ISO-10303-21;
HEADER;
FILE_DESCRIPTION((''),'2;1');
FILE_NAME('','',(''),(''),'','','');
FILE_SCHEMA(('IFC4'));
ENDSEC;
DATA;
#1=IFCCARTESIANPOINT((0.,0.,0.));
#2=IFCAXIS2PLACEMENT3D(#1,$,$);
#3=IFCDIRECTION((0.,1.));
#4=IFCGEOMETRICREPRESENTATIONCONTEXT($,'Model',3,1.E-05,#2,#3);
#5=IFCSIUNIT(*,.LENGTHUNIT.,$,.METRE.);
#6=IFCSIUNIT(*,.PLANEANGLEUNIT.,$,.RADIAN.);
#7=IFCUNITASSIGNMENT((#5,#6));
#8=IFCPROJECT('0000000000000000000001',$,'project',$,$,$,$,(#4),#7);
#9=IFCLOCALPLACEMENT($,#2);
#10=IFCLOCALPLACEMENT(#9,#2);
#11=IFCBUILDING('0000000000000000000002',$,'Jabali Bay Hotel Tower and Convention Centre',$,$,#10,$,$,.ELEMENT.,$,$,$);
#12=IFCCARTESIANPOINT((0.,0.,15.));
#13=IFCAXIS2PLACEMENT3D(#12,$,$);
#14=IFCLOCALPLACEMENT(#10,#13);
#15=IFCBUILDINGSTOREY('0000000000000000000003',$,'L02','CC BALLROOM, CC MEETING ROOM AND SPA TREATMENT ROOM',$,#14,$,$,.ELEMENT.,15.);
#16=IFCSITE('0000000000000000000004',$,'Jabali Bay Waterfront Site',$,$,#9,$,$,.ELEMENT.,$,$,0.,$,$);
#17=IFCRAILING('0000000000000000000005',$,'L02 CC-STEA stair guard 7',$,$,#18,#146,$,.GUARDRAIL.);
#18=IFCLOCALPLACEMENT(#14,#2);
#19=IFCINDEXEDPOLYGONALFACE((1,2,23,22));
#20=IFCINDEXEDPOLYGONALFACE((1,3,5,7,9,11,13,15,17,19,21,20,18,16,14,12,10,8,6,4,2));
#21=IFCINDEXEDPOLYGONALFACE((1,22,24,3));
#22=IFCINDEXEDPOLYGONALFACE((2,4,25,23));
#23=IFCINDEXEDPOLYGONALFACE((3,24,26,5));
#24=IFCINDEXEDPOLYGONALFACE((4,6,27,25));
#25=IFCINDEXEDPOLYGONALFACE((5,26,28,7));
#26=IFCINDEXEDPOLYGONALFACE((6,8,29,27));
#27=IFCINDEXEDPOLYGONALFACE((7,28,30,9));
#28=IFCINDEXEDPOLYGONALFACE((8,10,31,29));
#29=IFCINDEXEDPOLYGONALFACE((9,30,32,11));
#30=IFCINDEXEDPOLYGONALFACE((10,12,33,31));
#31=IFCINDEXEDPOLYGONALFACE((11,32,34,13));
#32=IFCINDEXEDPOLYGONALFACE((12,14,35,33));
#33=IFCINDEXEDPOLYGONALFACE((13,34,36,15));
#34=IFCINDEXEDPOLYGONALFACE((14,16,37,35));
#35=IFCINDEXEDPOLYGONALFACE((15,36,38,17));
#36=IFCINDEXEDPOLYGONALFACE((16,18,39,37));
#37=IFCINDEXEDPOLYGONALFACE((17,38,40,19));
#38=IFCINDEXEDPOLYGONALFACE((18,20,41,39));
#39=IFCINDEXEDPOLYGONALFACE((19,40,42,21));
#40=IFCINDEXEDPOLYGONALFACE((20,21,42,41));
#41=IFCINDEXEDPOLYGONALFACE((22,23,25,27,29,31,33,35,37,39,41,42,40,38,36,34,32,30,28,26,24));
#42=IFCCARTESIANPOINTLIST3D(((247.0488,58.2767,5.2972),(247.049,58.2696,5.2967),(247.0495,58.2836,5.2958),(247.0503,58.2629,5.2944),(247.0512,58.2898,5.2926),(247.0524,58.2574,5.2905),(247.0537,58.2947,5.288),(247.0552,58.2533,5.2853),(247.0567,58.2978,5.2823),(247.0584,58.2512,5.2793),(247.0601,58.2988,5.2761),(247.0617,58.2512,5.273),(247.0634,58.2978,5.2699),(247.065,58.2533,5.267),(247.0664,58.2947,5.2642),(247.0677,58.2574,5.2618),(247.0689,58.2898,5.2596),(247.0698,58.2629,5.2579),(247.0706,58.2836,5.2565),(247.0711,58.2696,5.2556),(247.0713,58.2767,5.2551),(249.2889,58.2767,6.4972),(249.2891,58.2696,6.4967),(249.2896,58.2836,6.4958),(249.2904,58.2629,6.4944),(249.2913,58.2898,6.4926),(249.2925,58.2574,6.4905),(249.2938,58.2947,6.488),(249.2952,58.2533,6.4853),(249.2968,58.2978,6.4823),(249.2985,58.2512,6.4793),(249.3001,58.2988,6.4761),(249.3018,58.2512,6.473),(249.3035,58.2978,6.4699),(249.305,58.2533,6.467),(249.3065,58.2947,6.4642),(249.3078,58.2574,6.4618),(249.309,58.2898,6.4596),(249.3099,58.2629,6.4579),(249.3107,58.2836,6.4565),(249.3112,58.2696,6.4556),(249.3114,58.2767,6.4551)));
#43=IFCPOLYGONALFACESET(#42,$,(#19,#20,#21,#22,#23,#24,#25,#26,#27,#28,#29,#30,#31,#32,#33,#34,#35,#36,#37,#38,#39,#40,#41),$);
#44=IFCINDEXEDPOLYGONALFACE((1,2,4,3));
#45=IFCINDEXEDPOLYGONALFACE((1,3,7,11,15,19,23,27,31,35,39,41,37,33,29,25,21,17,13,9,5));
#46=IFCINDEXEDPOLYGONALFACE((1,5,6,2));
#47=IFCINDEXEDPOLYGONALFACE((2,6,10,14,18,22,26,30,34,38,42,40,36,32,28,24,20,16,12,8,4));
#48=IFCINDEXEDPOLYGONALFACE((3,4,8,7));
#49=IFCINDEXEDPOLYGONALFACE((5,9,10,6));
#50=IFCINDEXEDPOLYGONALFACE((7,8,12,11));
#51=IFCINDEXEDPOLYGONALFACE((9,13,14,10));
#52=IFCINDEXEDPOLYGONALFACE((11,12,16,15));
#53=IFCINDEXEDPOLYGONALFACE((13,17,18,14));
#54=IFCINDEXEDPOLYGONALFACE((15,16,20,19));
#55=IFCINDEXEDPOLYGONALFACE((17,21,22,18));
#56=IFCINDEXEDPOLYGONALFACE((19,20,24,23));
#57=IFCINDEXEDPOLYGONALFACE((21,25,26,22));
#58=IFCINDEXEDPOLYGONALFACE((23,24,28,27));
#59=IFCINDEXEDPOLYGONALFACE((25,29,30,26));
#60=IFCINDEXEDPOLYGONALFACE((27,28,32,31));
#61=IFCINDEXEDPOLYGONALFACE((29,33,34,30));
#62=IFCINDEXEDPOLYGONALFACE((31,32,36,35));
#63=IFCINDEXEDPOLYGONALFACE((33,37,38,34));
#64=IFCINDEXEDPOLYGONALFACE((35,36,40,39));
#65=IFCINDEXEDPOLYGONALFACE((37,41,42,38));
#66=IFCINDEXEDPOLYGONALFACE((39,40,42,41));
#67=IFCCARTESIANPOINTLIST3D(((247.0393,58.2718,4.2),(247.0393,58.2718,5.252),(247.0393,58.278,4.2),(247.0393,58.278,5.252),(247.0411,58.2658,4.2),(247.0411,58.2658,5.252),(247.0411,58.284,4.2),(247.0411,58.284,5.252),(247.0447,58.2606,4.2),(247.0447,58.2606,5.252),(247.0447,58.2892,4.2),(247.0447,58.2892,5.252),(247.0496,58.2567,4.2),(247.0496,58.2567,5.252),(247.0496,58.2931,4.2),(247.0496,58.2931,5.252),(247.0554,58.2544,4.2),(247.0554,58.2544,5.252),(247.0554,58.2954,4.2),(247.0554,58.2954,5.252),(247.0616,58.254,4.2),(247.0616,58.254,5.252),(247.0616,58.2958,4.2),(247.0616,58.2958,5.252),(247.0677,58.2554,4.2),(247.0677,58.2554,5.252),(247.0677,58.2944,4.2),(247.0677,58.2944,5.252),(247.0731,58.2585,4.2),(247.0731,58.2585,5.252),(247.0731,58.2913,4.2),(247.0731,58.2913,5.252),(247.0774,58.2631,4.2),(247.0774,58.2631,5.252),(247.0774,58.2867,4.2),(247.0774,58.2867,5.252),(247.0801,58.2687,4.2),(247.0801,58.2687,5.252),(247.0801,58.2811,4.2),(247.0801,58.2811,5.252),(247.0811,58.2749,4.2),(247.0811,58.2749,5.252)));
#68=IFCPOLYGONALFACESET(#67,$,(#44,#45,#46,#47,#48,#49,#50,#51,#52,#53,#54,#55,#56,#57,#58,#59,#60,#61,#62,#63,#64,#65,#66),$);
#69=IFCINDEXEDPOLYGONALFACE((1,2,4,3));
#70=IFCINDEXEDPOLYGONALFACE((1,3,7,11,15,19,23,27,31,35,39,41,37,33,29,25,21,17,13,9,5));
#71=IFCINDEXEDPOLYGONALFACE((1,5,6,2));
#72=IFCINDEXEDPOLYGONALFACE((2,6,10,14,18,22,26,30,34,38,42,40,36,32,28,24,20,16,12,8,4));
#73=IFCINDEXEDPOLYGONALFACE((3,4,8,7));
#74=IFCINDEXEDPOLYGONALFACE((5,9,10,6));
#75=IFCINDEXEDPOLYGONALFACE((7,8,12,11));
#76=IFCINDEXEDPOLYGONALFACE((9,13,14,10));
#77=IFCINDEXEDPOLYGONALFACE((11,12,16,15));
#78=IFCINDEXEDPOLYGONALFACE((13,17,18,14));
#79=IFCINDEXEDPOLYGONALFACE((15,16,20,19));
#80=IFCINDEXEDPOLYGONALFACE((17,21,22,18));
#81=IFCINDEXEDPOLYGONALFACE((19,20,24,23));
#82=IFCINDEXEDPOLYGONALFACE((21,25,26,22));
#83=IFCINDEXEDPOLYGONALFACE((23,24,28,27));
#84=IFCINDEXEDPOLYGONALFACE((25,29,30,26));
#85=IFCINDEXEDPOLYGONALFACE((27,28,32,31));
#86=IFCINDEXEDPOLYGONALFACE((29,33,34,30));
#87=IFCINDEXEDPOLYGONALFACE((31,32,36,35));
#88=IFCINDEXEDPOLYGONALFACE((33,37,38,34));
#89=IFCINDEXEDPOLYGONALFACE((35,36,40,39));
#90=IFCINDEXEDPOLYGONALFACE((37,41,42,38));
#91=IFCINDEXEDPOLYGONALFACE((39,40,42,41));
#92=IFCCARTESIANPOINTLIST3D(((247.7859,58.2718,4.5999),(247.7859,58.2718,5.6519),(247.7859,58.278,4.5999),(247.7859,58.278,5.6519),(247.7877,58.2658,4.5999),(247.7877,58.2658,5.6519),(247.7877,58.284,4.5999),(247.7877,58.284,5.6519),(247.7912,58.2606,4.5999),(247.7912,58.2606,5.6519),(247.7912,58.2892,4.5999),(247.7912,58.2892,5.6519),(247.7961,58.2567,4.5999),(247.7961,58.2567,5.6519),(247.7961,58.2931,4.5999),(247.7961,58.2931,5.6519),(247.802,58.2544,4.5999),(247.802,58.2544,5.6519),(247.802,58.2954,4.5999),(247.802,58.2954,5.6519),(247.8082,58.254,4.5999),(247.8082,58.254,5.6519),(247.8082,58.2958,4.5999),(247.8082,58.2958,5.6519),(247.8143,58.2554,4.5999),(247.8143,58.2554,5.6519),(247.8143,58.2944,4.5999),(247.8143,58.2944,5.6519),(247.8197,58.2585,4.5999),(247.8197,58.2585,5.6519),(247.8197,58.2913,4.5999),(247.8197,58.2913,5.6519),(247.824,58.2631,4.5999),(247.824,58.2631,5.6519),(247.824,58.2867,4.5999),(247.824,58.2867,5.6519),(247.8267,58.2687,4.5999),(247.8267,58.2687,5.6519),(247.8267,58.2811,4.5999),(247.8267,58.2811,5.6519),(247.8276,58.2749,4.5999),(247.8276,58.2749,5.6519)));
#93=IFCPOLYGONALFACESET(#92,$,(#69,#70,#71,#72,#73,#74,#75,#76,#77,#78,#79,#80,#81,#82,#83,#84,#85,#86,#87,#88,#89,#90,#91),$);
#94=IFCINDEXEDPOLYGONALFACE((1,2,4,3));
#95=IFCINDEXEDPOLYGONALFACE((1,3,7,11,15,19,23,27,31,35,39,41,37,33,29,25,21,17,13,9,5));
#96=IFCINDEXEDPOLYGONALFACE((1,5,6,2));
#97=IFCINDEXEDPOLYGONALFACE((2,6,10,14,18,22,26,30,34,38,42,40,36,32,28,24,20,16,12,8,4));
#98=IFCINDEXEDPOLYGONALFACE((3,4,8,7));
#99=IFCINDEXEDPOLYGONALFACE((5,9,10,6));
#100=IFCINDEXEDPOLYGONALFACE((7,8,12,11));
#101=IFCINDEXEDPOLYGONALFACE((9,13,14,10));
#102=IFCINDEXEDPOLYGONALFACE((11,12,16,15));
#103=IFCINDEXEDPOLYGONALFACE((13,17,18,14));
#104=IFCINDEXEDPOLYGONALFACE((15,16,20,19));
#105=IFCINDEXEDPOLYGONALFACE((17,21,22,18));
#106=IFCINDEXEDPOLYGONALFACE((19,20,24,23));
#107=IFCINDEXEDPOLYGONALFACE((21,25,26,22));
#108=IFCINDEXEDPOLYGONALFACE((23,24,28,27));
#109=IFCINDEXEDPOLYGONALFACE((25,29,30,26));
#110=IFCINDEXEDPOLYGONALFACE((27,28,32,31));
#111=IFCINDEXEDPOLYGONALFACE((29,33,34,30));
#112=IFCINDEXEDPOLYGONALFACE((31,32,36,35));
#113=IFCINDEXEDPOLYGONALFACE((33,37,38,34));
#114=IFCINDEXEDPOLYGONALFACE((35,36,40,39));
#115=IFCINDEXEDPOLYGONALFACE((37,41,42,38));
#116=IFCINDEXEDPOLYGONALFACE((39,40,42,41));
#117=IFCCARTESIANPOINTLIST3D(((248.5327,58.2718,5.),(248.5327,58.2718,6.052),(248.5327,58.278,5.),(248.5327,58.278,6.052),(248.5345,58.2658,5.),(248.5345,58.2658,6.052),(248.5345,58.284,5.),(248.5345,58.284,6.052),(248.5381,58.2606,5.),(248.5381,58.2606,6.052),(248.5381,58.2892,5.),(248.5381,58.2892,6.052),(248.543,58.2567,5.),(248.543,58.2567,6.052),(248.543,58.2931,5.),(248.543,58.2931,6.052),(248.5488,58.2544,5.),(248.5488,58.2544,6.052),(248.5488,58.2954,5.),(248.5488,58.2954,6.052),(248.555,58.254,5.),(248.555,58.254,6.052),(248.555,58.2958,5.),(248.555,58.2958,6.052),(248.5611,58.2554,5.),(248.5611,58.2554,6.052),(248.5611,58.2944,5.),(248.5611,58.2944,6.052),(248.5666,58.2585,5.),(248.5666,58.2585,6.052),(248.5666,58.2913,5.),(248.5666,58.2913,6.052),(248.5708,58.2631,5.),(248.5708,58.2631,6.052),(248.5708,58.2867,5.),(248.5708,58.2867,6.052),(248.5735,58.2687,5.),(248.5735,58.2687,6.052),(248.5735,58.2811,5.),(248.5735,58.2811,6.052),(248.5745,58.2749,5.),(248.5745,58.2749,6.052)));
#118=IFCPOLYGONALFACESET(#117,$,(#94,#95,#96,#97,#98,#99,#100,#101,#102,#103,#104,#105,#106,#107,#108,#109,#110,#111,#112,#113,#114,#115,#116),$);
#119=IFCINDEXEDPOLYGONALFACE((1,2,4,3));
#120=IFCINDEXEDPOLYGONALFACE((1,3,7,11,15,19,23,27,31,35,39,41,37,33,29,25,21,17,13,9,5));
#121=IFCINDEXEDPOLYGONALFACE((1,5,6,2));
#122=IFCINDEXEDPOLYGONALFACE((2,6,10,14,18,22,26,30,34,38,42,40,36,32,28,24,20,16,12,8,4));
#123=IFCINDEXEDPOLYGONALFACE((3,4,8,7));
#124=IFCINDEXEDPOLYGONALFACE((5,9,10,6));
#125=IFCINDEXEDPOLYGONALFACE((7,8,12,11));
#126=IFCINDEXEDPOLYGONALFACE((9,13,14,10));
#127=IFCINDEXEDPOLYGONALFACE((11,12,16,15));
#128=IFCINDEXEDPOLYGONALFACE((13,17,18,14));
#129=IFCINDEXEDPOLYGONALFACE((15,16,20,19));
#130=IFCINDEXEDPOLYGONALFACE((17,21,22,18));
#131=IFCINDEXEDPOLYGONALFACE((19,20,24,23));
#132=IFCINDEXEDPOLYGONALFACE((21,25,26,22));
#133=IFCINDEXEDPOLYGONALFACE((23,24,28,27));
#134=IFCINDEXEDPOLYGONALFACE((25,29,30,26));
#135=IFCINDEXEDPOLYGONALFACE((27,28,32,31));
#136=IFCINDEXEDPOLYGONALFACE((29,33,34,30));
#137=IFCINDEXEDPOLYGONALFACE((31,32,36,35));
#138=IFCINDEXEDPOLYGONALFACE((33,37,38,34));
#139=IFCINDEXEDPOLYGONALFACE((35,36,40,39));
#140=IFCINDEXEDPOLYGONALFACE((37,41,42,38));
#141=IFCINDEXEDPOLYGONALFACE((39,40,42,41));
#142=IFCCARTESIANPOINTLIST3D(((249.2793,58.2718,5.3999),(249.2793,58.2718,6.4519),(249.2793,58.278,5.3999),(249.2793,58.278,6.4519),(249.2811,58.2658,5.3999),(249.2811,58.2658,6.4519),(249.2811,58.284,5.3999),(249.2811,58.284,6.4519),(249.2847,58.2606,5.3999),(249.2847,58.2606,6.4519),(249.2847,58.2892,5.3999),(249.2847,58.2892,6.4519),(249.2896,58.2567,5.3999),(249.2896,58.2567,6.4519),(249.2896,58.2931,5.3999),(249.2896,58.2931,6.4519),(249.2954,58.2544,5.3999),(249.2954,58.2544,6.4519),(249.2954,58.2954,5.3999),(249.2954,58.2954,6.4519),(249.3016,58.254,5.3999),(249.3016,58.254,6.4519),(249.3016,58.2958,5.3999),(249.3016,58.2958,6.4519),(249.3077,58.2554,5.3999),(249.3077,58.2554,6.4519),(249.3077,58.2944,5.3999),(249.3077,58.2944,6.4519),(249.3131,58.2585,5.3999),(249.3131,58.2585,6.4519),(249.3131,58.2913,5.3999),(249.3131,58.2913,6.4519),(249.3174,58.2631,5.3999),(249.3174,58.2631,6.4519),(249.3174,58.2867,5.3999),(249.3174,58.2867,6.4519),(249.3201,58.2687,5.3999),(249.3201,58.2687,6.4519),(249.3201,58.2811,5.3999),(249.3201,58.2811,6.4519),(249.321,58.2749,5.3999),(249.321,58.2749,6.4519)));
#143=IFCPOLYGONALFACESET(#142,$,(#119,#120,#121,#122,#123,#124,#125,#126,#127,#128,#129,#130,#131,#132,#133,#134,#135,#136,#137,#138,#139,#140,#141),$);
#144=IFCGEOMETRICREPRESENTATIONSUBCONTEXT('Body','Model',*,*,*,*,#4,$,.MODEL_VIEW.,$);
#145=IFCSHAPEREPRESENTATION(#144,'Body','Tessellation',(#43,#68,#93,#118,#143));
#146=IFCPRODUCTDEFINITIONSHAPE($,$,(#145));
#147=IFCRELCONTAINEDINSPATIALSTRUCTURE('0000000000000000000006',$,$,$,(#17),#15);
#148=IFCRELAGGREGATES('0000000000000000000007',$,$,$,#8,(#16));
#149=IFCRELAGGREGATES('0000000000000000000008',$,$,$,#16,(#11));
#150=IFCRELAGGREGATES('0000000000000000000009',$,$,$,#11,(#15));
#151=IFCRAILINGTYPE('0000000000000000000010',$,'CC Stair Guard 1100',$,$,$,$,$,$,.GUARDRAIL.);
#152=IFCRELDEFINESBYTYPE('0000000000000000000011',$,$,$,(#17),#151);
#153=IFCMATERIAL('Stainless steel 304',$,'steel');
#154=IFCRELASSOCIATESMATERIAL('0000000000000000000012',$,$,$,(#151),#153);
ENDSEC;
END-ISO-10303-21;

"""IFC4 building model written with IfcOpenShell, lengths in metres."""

from ifc_helpers import new_model, si_unit, direction, frame, origin, origin_2d, place, context, subcontext, project, spatial, circle, extrude, material, type_object, element, save


model = new_model("IFC4")

# Units and contexts
model_context = context("Model", 3, precision=1e-05, world=origin(), true_north=direction((0.0, 1.0)))
body_context = subcontext(model_context, "Body", "Model", "MODEL_VIEW")
ifc_project = project(units=[si_unit("LENGTHUNIT", "METRE"), si_unit("PLANEANGLEUNIT", "RADIAN")], contexts=[model_context])

# Site, building, storey
site_placement = place(None, origin())
site = spatial("IfcSite", under=ifc_project, at=site_placement, Name="Jabali Bay Waterfront Site", CompositionType="ELEMENT", RefElevation=0.0)
building_placement = place(site_placement, origin())
building = spatial("IfcBuilding", under=site, at=building_placement, Name="Jabali Bay Hotel Tower and Convention Centre", CompositionType="ELEMENT")
storey_placement = place(building_placement, frame((0.0, 0.0, 15.0)))
storey = spatial("IfcBuildingStorey", under=building, at=storey_placement, Name="L02", Description="CC BALLROOM, CC MEETING ROOM AND SPA TREATMENT ROOM", CompositionType="ELEMENT", Elevation=15.0)

# Railing
ifc_material_1 = material(Name="Stainless steel 304", Category="steel")
railing_type_1 = type_object("IfcRailingType", Name="CC Stair Guard 1100", PredefinedType="GUARDRAIL", material=ifc_material_1)
railing_1_placement = place(storey_placement, frame((247.0601, 58.2749, 4.2)))
element("IfcRailing", 1, at=railing_1_placement, inside=storey, type_object=railing_type_1, Name="L02 CC-STEA stair guard 7", PredefinedType="GUARDRAIL", context=body_context, shape_type="SweptSolid", body=[
    extrude(circle(Radius=0.0239, at=origin_2d()), frame((0.0, 0.0, 1.0762), z_axis=(0.881487, 0.0, 0.472208), x_axis=(0.0, 1.0, 0.0)), (0.0, 0.0, 1.0), 2.5413),
    extrude(circle(Radius=0.021, at=origin_2d()), origin(), (0.0, 0.0, 1.0), 1.052),
    extrude(circle(Radius=0.021, at=origin_2d()), frame((0.7466, 0.0, 0.3999)), (0.0, 0.0, 1.0), 1.052),
    extrude(circle(Radius=0.021, at=origin_2d()), frame((1.4934, 0.0, 0.8)), (0.0, 0.0, 1.0), 1.052),
    extrude(circle(Radius=0.021, at=origin_2d()), frame((2.24, 0.0, 1.2)), (0.0, 0.0, 1.0), 1.052),
])

save(model, "model.ifc")
